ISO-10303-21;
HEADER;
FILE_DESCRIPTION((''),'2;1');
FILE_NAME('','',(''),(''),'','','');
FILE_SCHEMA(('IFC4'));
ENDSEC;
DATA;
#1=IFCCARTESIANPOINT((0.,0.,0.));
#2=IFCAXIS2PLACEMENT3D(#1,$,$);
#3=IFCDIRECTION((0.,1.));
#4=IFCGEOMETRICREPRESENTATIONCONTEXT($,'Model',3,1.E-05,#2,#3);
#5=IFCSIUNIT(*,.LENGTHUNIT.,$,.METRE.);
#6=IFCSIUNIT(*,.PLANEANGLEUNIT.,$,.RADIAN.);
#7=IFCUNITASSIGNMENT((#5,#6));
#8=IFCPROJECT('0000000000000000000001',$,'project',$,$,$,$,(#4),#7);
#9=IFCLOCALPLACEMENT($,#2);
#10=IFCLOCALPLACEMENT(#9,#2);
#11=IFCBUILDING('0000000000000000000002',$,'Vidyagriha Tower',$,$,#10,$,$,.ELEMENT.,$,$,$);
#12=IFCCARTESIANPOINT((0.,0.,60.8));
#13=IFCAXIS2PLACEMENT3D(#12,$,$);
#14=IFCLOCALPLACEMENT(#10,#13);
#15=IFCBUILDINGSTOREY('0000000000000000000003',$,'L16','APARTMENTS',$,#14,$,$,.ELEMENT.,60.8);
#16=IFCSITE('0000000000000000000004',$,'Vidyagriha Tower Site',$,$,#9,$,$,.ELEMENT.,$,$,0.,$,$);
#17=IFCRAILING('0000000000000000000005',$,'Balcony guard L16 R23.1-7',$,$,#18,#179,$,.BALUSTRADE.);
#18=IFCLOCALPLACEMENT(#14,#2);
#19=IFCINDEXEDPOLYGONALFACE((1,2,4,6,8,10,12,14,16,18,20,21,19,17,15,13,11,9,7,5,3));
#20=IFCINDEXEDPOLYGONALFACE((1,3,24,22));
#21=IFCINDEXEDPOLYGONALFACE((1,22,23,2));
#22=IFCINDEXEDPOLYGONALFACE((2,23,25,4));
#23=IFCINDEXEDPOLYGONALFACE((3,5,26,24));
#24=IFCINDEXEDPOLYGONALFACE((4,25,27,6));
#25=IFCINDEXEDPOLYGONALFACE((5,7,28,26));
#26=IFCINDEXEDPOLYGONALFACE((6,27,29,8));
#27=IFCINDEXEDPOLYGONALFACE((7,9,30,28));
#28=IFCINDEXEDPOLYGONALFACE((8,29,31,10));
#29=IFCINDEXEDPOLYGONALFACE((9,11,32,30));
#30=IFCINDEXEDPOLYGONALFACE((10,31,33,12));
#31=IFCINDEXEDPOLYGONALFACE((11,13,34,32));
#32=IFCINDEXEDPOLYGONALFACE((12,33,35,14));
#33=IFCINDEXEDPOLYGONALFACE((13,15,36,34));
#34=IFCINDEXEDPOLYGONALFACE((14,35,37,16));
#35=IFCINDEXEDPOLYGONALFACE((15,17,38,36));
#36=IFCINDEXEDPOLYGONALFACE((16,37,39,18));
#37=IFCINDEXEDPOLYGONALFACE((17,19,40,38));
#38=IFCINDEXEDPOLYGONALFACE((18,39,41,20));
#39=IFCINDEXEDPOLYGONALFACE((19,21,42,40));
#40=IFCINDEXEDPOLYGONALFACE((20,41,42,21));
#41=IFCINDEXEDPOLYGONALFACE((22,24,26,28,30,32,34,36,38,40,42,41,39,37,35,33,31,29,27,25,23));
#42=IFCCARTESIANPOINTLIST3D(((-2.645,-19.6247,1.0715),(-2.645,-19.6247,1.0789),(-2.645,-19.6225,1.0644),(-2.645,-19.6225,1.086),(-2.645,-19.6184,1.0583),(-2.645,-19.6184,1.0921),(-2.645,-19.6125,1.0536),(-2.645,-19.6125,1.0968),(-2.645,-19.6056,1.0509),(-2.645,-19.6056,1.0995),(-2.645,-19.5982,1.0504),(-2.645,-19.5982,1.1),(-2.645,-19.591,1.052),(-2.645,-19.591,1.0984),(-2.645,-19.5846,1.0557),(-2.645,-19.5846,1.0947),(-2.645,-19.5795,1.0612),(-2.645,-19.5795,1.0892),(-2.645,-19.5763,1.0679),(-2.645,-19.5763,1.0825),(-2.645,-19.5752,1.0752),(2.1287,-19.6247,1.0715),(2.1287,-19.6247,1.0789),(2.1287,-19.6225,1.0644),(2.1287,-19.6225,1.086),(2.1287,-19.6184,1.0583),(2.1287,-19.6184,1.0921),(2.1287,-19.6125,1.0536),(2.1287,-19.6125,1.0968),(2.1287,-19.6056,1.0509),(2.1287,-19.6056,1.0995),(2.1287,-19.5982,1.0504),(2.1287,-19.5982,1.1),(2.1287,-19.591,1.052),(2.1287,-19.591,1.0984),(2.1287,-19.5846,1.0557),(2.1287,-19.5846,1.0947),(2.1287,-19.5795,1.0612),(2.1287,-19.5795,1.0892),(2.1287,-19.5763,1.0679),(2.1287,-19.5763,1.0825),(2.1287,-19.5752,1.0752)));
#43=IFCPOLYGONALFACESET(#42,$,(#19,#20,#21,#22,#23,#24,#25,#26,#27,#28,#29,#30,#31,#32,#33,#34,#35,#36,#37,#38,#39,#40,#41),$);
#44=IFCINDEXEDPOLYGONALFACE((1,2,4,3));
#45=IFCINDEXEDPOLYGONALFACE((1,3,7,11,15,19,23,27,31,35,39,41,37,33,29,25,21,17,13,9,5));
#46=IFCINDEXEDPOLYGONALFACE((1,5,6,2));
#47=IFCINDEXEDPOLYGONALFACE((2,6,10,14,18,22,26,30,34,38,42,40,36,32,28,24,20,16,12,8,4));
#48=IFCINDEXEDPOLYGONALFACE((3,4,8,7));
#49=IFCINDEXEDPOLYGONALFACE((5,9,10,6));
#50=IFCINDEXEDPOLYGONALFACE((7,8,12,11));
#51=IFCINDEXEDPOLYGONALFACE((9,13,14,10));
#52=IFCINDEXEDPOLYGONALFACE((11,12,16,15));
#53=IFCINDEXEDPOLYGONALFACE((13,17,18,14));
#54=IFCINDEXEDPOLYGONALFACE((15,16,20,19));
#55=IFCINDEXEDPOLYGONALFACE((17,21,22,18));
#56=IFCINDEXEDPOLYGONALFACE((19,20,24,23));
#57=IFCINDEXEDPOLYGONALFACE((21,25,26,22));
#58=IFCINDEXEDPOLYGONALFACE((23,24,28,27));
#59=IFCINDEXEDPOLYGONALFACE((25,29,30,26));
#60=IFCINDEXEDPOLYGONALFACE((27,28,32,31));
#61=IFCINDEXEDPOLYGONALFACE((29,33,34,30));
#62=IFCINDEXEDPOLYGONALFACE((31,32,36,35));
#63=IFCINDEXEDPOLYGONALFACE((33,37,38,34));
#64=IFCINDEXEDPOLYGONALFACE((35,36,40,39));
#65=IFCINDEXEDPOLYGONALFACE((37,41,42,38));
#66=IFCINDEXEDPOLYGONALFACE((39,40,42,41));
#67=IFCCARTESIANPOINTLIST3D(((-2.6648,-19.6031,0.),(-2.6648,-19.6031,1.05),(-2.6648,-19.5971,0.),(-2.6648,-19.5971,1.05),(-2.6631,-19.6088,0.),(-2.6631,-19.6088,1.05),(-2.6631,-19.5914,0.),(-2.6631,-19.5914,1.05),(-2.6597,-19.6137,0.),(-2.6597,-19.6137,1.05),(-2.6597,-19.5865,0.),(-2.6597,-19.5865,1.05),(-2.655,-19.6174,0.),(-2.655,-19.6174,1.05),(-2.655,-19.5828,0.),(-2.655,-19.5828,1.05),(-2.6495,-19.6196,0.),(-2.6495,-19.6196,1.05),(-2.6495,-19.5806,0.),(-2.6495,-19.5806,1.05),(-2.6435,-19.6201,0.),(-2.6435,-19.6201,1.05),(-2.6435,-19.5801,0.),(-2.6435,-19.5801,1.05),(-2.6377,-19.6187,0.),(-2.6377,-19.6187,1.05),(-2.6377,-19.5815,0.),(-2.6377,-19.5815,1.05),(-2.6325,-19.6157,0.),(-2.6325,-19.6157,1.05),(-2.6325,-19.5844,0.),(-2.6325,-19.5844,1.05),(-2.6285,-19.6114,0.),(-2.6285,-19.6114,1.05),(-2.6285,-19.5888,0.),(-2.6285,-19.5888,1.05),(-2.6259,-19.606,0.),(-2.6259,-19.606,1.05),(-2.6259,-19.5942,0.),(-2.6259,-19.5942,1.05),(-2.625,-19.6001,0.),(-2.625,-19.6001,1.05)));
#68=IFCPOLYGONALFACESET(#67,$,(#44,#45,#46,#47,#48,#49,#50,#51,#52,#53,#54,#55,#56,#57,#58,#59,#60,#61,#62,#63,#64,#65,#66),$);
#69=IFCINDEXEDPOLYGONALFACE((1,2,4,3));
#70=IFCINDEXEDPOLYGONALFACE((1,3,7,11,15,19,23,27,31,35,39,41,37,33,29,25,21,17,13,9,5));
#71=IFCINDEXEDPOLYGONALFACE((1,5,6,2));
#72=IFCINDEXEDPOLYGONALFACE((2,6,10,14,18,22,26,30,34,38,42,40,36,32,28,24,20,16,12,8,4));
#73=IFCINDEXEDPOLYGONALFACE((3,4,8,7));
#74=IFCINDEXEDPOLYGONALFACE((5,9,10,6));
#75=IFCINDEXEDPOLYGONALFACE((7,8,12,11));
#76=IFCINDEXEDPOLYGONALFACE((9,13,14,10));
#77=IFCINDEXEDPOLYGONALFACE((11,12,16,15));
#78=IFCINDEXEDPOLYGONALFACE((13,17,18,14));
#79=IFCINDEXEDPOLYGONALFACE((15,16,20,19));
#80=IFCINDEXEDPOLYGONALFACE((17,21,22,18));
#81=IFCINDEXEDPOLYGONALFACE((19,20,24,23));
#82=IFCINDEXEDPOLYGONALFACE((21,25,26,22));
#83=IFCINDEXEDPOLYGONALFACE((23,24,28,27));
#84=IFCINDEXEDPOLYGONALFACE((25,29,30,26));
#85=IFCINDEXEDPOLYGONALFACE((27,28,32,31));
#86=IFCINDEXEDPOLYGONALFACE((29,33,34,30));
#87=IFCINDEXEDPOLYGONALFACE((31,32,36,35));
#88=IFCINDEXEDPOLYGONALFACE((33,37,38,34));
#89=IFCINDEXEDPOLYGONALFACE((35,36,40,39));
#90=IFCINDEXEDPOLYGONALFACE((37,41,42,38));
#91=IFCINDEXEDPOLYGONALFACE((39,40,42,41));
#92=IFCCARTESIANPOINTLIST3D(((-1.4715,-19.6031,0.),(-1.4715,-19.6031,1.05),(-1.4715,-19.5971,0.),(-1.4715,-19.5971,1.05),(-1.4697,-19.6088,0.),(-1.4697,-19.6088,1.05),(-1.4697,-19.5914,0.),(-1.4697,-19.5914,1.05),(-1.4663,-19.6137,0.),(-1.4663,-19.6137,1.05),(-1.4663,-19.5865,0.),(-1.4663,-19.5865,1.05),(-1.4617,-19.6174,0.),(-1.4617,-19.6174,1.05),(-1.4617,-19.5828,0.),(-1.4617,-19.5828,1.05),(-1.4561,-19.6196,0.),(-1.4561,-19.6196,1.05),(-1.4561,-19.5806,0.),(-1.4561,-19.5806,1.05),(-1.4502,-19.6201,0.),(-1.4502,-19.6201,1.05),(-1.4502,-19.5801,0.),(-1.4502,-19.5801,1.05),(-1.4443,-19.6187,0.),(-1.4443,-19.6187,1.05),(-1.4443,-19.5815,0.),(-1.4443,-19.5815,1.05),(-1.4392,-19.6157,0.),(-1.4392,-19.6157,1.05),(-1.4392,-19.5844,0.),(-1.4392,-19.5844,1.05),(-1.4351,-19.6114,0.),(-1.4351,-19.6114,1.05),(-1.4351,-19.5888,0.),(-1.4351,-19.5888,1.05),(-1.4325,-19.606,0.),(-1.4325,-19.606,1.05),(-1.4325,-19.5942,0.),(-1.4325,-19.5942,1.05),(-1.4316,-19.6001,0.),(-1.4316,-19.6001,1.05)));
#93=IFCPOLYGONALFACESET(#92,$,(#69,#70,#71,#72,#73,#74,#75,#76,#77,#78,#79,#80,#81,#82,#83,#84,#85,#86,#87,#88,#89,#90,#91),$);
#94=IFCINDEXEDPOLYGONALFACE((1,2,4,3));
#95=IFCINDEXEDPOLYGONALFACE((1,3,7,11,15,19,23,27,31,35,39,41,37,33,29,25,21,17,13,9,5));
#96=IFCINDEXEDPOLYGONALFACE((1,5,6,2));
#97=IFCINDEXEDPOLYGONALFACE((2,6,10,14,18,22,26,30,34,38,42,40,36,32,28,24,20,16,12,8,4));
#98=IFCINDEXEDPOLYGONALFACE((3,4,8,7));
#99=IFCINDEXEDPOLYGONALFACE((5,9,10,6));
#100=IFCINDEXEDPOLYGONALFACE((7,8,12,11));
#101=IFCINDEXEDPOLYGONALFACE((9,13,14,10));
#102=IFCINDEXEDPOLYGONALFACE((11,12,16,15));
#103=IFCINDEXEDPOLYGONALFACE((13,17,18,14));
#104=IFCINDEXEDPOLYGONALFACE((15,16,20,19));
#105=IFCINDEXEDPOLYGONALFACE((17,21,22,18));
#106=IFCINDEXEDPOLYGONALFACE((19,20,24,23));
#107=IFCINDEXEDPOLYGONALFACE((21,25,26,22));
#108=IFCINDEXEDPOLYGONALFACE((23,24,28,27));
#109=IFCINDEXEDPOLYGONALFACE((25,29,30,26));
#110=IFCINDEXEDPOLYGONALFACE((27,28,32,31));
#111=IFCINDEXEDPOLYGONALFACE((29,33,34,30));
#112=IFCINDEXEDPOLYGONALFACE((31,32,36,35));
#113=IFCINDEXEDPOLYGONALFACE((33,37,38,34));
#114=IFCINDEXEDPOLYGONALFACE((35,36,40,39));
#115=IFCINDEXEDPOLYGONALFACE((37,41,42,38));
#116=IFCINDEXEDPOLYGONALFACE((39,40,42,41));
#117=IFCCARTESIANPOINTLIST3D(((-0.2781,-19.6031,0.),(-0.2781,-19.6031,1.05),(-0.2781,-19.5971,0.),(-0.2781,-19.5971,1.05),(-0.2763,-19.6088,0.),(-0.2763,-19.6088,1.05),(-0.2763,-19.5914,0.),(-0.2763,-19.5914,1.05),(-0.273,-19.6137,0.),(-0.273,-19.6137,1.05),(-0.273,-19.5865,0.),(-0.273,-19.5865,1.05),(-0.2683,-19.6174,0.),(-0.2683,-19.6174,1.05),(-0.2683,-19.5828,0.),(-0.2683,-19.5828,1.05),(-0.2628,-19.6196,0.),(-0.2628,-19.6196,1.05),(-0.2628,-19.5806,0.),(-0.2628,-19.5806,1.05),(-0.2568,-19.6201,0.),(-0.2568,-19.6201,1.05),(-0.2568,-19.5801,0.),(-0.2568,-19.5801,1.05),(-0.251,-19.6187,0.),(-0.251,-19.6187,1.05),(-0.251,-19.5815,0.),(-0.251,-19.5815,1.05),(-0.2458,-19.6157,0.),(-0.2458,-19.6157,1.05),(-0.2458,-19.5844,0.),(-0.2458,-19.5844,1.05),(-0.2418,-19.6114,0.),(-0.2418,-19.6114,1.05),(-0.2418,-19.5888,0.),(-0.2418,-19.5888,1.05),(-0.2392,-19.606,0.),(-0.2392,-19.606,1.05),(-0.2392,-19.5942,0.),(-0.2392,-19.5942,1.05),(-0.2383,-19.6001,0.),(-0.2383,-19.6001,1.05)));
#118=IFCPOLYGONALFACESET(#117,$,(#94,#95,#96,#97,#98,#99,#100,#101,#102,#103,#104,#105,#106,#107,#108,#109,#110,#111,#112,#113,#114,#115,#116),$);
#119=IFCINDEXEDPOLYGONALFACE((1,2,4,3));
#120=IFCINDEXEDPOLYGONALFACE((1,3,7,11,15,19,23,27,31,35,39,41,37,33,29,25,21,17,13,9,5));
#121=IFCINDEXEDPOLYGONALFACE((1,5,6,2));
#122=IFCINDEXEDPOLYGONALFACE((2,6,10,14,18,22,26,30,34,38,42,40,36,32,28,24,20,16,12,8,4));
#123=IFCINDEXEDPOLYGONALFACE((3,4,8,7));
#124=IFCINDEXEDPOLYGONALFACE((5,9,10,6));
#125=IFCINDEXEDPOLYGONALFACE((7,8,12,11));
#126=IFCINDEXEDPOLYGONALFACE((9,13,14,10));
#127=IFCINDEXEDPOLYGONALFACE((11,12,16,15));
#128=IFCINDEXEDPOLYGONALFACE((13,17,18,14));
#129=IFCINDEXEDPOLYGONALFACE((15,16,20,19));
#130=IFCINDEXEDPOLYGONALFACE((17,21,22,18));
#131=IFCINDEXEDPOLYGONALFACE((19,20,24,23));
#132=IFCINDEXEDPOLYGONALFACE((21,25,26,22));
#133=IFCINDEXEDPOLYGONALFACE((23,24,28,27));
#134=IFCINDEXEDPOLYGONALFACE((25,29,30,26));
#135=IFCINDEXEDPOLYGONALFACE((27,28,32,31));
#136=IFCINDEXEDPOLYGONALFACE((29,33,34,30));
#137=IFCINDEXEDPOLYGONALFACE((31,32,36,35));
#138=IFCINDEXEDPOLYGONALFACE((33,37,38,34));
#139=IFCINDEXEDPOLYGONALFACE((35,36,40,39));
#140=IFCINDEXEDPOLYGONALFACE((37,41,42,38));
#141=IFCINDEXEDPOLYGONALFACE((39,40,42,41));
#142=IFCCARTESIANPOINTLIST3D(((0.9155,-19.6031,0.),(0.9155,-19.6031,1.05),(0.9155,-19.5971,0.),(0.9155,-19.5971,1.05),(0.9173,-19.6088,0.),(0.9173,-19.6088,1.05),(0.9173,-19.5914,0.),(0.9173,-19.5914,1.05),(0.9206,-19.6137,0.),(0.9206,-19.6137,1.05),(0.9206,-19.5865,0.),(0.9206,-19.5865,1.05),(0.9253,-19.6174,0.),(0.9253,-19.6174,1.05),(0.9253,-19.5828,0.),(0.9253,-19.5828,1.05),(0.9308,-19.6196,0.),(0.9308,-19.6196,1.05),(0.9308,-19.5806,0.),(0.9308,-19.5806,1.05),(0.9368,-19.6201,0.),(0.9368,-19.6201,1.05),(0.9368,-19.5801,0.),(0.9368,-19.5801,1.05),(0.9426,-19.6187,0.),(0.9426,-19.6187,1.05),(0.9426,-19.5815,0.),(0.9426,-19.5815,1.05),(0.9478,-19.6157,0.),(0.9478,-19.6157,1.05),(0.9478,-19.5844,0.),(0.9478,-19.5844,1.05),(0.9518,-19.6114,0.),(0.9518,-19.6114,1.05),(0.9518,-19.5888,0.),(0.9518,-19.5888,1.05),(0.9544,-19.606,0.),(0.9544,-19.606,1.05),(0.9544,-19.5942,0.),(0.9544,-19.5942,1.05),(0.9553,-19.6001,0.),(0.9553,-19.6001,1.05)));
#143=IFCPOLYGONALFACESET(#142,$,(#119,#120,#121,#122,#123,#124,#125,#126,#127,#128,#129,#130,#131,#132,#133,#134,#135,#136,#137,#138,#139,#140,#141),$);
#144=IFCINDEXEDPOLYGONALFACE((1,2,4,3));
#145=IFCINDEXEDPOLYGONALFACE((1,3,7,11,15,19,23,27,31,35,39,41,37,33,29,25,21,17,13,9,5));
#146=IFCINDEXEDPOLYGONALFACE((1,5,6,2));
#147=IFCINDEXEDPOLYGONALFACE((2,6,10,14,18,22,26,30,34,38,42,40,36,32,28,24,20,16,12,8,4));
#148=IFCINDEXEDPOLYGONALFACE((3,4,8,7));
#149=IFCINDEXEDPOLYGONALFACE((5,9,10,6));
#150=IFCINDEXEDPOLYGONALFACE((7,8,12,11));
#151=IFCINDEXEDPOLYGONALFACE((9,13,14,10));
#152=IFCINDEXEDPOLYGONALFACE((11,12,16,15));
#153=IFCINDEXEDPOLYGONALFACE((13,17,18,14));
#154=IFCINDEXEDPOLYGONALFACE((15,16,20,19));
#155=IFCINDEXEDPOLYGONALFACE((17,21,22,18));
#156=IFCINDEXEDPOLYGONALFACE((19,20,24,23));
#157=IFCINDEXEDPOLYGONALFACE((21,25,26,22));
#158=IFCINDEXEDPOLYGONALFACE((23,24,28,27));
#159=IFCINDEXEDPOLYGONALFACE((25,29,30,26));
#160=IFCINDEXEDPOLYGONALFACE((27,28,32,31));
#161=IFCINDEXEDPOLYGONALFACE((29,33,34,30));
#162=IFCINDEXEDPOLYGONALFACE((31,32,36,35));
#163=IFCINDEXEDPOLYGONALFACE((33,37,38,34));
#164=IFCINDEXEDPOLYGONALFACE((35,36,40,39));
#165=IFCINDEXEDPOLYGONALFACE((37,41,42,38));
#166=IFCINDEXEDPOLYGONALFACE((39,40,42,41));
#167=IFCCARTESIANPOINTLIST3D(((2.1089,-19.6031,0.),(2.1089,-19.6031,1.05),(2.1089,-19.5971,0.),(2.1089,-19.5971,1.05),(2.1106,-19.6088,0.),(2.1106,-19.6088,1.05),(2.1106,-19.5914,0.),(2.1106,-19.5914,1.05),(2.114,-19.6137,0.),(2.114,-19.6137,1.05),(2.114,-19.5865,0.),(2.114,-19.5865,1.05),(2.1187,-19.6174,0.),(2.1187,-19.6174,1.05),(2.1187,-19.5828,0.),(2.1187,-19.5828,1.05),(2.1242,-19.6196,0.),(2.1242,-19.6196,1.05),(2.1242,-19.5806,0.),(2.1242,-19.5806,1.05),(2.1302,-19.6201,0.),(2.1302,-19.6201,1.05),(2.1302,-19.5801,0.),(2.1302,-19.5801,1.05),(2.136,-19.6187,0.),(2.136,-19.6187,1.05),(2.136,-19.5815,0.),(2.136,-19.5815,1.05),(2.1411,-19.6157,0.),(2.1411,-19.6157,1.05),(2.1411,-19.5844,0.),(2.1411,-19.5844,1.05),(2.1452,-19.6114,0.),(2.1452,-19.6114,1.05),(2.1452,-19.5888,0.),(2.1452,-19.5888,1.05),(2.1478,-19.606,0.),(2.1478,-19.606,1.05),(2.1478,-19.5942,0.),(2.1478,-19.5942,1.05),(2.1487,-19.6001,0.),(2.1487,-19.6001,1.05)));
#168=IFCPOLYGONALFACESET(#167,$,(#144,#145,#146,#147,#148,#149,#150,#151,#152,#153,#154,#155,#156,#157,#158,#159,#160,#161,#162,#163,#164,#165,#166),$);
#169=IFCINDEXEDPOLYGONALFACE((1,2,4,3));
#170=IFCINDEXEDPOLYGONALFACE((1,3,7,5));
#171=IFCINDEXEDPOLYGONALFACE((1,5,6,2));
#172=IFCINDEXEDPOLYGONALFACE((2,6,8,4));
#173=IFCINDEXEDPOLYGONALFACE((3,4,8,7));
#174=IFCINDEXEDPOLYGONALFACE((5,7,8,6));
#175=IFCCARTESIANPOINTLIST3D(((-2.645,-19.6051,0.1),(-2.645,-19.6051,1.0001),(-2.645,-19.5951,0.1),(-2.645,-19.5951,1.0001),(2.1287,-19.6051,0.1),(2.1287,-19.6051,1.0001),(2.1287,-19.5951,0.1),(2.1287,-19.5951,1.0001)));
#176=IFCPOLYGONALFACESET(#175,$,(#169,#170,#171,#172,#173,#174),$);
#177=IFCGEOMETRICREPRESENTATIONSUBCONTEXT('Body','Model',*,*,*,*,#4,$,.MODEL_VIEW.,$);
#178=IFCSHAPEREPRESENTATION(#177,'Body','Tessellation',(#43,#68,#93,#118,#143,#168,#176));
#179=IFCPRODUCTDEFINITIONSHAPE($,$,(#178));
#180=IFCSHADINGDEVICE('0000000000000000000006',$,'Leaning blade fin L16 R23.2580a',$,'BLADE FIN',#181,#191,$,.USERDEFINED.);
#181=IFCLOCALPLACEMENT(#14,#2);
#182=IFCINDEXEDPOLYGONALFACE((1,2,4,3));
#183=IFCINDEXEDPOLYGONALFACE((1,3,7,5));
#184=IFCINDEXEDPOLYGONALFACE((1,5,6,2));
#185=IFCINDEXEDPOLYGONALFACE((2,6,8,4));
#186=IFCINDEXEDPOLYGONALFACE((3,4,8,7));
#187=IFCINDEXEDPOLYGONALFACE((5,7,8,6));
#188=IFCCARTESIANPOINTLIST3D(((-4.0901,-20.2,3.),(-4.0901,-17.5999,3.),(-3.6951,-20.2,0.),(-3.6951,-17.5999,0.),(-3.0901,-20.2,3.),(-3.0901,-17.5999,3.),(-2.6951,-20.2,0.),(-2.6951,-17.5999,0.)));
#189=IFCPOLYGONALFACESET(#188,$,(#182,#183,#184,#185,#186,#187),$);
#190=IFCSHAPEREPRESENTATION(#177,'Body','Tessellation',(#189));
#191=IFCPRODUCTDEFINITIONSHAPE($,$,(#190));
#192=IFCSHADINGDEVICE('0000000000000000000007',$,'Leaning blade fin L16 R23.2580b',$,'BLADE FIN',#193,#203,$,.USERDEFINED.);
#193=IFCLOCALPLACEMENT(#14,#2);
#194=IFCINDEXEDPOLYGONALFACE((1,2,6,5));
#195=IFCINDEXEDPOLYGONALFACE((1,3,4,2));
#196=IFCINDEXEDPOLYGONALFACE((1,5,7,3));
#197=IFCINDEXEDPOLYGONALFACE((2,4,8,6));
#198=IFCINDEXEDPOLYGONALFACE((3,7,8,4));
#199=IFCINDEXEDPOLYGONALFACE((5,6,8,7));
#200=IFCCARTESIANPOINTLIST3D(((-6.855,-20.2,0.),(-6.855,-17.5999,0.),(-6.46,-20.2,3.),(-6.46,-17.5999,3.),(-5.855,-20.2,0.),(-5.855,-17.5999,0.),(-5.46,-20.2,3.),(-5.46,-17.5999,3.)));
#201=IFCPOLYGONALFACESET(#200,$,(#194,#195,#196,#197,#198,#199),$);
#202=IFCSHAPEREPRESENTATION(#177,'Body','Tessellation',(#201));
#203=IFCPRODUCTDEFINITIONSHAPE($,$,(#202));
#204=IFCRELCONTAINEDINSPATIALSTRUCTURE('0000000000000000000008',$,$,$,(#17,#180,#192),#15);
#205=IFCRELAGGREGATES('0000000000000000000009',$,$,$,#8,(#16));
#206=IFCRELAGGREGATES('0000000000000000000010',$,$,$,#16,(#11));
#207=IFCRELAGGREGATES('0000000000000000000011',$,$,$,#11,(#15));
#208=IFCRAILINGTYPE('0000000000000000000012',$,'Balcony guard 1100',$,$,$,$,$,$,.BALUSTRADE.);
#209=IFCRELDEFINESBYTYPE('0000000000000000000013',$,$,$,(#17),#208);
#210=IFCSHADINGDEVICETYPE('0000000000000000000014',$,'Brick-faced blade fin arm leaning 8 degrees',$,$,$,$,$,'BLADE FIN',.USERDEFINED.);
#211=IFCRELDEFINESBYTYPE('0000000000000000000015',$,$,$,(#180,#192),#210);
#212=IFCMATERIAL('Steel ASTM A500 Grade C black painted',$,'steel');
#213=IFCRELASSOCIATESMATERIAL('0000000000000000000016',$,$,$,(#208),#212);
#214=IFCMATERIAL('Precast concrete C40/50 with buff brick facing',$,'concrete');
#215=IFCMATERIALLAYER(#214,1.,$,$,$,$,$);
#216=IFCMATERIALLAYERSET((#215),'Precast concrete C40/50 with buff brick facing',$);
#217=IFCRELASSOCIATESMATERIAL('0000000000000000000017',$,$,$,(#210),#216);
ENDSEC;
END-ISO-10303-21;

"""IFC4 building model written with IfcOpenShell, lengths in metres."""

from ifc_helpers import new_model, si_unit, direction, frame, origin, origin_2d, place, context, subcontext, project, spatial, polyline, rectangle, circle, outline, extrude, material, layer, layer_set, type_object, element, save


model = new_model("IFC4")

# Units and contexts
model_context = context("Model", 3, precision=1e-05, world=origin(), true_north=direction((0.0, 1.0)))
body_context = subcontext(model_context, "Body", "Model", "MODEL_VIEW")
ifc_project = project(units=[si_unit("LENGTHUNIT", "METRE"), si_unit("PLANEANGLEUNIT", "RADIAN")], contexts=[model_context])

# Site, building, storey
site_placement = place(None, origin())
site = spatial("IfcSite", under=ifc_project, at=site_placement, Name="Vidyagriha Tower Site", CompositionType="ELEMENT", RefElevation=0.0)
building_placement = place(site_placement, origin())
building = spatial("IfcBuilding", under=site, at=building_placement, Name="Vidyagriha Tower", CompositionType="ELEMENT")
storey_placement = place(building_placement, frame((0.0, 0.0, 60.8)))
storey = spatial("IfcBuildingStorey", under=building, at=storey_placement, Name="L16", Description="APARTMENTS", CompositionType="ELEMENT", Elevation=60.8)

# Railing
ifc_material_1 = material(Name="Steel ASTM A500 Grade C black painted", Category="steel")
railing_type = type_object("IfcRailingType", Name="Balcony guard 1100", PredefinedType="BALUSTRADE", material=ifc_material_1)
railing_1_placement = place(storey_placement, frame((-2.645, -19.6001, 0.0)))
element("IfcRailing", 1, at=railing_1_placement, inside=storey, type_object=railing_type, Name="Balcony guard L16 R23.1-7", PredefinedType="BALUSTRADE", context=body_context, shape_type="SweptSolid", body=[
    extrude(circle(Radius=0.0249, at=origin_2d()), frame((0.0, 0.0, 1.0752), z_axis=(1.0, 0.0, 0.0), x_axis=(0.0, 1.0, 0.0)), (0.0, 0.0, 1.0), 4.7737),
    extrude(circle(Radius=0.02, at=origin_2d()), origin(), (0.0, 0.0, 1.0), 1.05),
    extrude(circle(Radius=0.02, at=origin_2d()), frame((1.1934, 0.0, 0.0)), (0.0, 0.0, 1.0), 1.05),
    extrude(circle(Radius=0.02, at=origin_2d()), frame((2.3867, 0.0, 0.0)), (0.0, 0.0, 1.0), 1.05),
    extrude(circle(Radius=0.02, at=origin_2d()), frame((3.5803, 0.0, 0.0)), (0.0, 0.0, 1.0), 1.05),
    extrude(circle(Radius=0.02, at=origin_2d()), frame((4.7737, 0.0, 0.0)), (0.0, 0.0, 1.0), 1.05),
    extrude(rectangle(XDim=0.01, YDim=0.9001, at=origin_2d()), frame((0.0, 0.0, 0.55), z_axis=(1.0, 0.0, 0.0), x_axis=(0.0, 1.0, 0.0)), (0.0, 0.0, 1.0), 4.7737),
])

# Shading devices
ifc_material_2 = material(Name="Precast concrete C40/50 with buff brick facing", Category="concrete")
ifc_layer_1 = layer(ifc_material_2, 1.0)
ifc_layer_set_1 = layer_set([ifc_layer_1], Name="Precast concrete C40/50 with buff brick facing")
shading_device_type = type_object("IfcShadingDeviceType", Name="Brick-faced blade fin arm leaning 8 degrees", ElementType="BLADE FIN", PredefinedType="USERDEFINED", material=ifc_layer_set_1)
shading_device_1_placement = place(storey_placement, frame((-4.0901, -18.8999, 0.0)))
element("IfcShadingDevice", 2, at=shading_device_1_placement, inside=storey, type_object=shading_device_type, Name="Leaning blade fin L16 R23.2580a", ObjectType="BLADE FIN", PredefinedType="USERDEFINED", context=body_context, shape_type="SweptSolid", body=[
    extrude(outline(polyline([(0.395, 0.0), (1.395, 0.0), (1.0, 3.0), (0.0, 3.0), (0.395, 0.0)])), frame((0.0, 1.3, 0.0), z_axis=(0.0, -1.0, 0.0), x_axis=(1.0, 0.0, 0.0)), (0.0, 0.0, 1.0), 2.6001),
])
shading_device_2_placement = place(storey_placement, frame((-6.855, -18.8999, 0.0)))
element("IfcShadingDevice", 3, at=shading_device_2_placement, inside=storey, type_object=shading_device_type, Name="Leaning blade fin L16 R23.2580b", ObjectType="BLADE FIN", PredefinedType="USERDEFINED", context=body_context, shape_type="SweptSolid", body=[
    extrude(outline(polyline([(0.0, 0.0), (1.0, 0.0), (1.395, 3.0), (0.395, 3.0), (0.0, 0.0)])), frame((0.0, 1.3, 0.0), z_axis=(0.0, -1.0, 0.0), x_axis=(1.0, 0.0, 0.0)), (0.0, 0.0, 1.0), 2.6001),
])

save(model, "model.ifc")
